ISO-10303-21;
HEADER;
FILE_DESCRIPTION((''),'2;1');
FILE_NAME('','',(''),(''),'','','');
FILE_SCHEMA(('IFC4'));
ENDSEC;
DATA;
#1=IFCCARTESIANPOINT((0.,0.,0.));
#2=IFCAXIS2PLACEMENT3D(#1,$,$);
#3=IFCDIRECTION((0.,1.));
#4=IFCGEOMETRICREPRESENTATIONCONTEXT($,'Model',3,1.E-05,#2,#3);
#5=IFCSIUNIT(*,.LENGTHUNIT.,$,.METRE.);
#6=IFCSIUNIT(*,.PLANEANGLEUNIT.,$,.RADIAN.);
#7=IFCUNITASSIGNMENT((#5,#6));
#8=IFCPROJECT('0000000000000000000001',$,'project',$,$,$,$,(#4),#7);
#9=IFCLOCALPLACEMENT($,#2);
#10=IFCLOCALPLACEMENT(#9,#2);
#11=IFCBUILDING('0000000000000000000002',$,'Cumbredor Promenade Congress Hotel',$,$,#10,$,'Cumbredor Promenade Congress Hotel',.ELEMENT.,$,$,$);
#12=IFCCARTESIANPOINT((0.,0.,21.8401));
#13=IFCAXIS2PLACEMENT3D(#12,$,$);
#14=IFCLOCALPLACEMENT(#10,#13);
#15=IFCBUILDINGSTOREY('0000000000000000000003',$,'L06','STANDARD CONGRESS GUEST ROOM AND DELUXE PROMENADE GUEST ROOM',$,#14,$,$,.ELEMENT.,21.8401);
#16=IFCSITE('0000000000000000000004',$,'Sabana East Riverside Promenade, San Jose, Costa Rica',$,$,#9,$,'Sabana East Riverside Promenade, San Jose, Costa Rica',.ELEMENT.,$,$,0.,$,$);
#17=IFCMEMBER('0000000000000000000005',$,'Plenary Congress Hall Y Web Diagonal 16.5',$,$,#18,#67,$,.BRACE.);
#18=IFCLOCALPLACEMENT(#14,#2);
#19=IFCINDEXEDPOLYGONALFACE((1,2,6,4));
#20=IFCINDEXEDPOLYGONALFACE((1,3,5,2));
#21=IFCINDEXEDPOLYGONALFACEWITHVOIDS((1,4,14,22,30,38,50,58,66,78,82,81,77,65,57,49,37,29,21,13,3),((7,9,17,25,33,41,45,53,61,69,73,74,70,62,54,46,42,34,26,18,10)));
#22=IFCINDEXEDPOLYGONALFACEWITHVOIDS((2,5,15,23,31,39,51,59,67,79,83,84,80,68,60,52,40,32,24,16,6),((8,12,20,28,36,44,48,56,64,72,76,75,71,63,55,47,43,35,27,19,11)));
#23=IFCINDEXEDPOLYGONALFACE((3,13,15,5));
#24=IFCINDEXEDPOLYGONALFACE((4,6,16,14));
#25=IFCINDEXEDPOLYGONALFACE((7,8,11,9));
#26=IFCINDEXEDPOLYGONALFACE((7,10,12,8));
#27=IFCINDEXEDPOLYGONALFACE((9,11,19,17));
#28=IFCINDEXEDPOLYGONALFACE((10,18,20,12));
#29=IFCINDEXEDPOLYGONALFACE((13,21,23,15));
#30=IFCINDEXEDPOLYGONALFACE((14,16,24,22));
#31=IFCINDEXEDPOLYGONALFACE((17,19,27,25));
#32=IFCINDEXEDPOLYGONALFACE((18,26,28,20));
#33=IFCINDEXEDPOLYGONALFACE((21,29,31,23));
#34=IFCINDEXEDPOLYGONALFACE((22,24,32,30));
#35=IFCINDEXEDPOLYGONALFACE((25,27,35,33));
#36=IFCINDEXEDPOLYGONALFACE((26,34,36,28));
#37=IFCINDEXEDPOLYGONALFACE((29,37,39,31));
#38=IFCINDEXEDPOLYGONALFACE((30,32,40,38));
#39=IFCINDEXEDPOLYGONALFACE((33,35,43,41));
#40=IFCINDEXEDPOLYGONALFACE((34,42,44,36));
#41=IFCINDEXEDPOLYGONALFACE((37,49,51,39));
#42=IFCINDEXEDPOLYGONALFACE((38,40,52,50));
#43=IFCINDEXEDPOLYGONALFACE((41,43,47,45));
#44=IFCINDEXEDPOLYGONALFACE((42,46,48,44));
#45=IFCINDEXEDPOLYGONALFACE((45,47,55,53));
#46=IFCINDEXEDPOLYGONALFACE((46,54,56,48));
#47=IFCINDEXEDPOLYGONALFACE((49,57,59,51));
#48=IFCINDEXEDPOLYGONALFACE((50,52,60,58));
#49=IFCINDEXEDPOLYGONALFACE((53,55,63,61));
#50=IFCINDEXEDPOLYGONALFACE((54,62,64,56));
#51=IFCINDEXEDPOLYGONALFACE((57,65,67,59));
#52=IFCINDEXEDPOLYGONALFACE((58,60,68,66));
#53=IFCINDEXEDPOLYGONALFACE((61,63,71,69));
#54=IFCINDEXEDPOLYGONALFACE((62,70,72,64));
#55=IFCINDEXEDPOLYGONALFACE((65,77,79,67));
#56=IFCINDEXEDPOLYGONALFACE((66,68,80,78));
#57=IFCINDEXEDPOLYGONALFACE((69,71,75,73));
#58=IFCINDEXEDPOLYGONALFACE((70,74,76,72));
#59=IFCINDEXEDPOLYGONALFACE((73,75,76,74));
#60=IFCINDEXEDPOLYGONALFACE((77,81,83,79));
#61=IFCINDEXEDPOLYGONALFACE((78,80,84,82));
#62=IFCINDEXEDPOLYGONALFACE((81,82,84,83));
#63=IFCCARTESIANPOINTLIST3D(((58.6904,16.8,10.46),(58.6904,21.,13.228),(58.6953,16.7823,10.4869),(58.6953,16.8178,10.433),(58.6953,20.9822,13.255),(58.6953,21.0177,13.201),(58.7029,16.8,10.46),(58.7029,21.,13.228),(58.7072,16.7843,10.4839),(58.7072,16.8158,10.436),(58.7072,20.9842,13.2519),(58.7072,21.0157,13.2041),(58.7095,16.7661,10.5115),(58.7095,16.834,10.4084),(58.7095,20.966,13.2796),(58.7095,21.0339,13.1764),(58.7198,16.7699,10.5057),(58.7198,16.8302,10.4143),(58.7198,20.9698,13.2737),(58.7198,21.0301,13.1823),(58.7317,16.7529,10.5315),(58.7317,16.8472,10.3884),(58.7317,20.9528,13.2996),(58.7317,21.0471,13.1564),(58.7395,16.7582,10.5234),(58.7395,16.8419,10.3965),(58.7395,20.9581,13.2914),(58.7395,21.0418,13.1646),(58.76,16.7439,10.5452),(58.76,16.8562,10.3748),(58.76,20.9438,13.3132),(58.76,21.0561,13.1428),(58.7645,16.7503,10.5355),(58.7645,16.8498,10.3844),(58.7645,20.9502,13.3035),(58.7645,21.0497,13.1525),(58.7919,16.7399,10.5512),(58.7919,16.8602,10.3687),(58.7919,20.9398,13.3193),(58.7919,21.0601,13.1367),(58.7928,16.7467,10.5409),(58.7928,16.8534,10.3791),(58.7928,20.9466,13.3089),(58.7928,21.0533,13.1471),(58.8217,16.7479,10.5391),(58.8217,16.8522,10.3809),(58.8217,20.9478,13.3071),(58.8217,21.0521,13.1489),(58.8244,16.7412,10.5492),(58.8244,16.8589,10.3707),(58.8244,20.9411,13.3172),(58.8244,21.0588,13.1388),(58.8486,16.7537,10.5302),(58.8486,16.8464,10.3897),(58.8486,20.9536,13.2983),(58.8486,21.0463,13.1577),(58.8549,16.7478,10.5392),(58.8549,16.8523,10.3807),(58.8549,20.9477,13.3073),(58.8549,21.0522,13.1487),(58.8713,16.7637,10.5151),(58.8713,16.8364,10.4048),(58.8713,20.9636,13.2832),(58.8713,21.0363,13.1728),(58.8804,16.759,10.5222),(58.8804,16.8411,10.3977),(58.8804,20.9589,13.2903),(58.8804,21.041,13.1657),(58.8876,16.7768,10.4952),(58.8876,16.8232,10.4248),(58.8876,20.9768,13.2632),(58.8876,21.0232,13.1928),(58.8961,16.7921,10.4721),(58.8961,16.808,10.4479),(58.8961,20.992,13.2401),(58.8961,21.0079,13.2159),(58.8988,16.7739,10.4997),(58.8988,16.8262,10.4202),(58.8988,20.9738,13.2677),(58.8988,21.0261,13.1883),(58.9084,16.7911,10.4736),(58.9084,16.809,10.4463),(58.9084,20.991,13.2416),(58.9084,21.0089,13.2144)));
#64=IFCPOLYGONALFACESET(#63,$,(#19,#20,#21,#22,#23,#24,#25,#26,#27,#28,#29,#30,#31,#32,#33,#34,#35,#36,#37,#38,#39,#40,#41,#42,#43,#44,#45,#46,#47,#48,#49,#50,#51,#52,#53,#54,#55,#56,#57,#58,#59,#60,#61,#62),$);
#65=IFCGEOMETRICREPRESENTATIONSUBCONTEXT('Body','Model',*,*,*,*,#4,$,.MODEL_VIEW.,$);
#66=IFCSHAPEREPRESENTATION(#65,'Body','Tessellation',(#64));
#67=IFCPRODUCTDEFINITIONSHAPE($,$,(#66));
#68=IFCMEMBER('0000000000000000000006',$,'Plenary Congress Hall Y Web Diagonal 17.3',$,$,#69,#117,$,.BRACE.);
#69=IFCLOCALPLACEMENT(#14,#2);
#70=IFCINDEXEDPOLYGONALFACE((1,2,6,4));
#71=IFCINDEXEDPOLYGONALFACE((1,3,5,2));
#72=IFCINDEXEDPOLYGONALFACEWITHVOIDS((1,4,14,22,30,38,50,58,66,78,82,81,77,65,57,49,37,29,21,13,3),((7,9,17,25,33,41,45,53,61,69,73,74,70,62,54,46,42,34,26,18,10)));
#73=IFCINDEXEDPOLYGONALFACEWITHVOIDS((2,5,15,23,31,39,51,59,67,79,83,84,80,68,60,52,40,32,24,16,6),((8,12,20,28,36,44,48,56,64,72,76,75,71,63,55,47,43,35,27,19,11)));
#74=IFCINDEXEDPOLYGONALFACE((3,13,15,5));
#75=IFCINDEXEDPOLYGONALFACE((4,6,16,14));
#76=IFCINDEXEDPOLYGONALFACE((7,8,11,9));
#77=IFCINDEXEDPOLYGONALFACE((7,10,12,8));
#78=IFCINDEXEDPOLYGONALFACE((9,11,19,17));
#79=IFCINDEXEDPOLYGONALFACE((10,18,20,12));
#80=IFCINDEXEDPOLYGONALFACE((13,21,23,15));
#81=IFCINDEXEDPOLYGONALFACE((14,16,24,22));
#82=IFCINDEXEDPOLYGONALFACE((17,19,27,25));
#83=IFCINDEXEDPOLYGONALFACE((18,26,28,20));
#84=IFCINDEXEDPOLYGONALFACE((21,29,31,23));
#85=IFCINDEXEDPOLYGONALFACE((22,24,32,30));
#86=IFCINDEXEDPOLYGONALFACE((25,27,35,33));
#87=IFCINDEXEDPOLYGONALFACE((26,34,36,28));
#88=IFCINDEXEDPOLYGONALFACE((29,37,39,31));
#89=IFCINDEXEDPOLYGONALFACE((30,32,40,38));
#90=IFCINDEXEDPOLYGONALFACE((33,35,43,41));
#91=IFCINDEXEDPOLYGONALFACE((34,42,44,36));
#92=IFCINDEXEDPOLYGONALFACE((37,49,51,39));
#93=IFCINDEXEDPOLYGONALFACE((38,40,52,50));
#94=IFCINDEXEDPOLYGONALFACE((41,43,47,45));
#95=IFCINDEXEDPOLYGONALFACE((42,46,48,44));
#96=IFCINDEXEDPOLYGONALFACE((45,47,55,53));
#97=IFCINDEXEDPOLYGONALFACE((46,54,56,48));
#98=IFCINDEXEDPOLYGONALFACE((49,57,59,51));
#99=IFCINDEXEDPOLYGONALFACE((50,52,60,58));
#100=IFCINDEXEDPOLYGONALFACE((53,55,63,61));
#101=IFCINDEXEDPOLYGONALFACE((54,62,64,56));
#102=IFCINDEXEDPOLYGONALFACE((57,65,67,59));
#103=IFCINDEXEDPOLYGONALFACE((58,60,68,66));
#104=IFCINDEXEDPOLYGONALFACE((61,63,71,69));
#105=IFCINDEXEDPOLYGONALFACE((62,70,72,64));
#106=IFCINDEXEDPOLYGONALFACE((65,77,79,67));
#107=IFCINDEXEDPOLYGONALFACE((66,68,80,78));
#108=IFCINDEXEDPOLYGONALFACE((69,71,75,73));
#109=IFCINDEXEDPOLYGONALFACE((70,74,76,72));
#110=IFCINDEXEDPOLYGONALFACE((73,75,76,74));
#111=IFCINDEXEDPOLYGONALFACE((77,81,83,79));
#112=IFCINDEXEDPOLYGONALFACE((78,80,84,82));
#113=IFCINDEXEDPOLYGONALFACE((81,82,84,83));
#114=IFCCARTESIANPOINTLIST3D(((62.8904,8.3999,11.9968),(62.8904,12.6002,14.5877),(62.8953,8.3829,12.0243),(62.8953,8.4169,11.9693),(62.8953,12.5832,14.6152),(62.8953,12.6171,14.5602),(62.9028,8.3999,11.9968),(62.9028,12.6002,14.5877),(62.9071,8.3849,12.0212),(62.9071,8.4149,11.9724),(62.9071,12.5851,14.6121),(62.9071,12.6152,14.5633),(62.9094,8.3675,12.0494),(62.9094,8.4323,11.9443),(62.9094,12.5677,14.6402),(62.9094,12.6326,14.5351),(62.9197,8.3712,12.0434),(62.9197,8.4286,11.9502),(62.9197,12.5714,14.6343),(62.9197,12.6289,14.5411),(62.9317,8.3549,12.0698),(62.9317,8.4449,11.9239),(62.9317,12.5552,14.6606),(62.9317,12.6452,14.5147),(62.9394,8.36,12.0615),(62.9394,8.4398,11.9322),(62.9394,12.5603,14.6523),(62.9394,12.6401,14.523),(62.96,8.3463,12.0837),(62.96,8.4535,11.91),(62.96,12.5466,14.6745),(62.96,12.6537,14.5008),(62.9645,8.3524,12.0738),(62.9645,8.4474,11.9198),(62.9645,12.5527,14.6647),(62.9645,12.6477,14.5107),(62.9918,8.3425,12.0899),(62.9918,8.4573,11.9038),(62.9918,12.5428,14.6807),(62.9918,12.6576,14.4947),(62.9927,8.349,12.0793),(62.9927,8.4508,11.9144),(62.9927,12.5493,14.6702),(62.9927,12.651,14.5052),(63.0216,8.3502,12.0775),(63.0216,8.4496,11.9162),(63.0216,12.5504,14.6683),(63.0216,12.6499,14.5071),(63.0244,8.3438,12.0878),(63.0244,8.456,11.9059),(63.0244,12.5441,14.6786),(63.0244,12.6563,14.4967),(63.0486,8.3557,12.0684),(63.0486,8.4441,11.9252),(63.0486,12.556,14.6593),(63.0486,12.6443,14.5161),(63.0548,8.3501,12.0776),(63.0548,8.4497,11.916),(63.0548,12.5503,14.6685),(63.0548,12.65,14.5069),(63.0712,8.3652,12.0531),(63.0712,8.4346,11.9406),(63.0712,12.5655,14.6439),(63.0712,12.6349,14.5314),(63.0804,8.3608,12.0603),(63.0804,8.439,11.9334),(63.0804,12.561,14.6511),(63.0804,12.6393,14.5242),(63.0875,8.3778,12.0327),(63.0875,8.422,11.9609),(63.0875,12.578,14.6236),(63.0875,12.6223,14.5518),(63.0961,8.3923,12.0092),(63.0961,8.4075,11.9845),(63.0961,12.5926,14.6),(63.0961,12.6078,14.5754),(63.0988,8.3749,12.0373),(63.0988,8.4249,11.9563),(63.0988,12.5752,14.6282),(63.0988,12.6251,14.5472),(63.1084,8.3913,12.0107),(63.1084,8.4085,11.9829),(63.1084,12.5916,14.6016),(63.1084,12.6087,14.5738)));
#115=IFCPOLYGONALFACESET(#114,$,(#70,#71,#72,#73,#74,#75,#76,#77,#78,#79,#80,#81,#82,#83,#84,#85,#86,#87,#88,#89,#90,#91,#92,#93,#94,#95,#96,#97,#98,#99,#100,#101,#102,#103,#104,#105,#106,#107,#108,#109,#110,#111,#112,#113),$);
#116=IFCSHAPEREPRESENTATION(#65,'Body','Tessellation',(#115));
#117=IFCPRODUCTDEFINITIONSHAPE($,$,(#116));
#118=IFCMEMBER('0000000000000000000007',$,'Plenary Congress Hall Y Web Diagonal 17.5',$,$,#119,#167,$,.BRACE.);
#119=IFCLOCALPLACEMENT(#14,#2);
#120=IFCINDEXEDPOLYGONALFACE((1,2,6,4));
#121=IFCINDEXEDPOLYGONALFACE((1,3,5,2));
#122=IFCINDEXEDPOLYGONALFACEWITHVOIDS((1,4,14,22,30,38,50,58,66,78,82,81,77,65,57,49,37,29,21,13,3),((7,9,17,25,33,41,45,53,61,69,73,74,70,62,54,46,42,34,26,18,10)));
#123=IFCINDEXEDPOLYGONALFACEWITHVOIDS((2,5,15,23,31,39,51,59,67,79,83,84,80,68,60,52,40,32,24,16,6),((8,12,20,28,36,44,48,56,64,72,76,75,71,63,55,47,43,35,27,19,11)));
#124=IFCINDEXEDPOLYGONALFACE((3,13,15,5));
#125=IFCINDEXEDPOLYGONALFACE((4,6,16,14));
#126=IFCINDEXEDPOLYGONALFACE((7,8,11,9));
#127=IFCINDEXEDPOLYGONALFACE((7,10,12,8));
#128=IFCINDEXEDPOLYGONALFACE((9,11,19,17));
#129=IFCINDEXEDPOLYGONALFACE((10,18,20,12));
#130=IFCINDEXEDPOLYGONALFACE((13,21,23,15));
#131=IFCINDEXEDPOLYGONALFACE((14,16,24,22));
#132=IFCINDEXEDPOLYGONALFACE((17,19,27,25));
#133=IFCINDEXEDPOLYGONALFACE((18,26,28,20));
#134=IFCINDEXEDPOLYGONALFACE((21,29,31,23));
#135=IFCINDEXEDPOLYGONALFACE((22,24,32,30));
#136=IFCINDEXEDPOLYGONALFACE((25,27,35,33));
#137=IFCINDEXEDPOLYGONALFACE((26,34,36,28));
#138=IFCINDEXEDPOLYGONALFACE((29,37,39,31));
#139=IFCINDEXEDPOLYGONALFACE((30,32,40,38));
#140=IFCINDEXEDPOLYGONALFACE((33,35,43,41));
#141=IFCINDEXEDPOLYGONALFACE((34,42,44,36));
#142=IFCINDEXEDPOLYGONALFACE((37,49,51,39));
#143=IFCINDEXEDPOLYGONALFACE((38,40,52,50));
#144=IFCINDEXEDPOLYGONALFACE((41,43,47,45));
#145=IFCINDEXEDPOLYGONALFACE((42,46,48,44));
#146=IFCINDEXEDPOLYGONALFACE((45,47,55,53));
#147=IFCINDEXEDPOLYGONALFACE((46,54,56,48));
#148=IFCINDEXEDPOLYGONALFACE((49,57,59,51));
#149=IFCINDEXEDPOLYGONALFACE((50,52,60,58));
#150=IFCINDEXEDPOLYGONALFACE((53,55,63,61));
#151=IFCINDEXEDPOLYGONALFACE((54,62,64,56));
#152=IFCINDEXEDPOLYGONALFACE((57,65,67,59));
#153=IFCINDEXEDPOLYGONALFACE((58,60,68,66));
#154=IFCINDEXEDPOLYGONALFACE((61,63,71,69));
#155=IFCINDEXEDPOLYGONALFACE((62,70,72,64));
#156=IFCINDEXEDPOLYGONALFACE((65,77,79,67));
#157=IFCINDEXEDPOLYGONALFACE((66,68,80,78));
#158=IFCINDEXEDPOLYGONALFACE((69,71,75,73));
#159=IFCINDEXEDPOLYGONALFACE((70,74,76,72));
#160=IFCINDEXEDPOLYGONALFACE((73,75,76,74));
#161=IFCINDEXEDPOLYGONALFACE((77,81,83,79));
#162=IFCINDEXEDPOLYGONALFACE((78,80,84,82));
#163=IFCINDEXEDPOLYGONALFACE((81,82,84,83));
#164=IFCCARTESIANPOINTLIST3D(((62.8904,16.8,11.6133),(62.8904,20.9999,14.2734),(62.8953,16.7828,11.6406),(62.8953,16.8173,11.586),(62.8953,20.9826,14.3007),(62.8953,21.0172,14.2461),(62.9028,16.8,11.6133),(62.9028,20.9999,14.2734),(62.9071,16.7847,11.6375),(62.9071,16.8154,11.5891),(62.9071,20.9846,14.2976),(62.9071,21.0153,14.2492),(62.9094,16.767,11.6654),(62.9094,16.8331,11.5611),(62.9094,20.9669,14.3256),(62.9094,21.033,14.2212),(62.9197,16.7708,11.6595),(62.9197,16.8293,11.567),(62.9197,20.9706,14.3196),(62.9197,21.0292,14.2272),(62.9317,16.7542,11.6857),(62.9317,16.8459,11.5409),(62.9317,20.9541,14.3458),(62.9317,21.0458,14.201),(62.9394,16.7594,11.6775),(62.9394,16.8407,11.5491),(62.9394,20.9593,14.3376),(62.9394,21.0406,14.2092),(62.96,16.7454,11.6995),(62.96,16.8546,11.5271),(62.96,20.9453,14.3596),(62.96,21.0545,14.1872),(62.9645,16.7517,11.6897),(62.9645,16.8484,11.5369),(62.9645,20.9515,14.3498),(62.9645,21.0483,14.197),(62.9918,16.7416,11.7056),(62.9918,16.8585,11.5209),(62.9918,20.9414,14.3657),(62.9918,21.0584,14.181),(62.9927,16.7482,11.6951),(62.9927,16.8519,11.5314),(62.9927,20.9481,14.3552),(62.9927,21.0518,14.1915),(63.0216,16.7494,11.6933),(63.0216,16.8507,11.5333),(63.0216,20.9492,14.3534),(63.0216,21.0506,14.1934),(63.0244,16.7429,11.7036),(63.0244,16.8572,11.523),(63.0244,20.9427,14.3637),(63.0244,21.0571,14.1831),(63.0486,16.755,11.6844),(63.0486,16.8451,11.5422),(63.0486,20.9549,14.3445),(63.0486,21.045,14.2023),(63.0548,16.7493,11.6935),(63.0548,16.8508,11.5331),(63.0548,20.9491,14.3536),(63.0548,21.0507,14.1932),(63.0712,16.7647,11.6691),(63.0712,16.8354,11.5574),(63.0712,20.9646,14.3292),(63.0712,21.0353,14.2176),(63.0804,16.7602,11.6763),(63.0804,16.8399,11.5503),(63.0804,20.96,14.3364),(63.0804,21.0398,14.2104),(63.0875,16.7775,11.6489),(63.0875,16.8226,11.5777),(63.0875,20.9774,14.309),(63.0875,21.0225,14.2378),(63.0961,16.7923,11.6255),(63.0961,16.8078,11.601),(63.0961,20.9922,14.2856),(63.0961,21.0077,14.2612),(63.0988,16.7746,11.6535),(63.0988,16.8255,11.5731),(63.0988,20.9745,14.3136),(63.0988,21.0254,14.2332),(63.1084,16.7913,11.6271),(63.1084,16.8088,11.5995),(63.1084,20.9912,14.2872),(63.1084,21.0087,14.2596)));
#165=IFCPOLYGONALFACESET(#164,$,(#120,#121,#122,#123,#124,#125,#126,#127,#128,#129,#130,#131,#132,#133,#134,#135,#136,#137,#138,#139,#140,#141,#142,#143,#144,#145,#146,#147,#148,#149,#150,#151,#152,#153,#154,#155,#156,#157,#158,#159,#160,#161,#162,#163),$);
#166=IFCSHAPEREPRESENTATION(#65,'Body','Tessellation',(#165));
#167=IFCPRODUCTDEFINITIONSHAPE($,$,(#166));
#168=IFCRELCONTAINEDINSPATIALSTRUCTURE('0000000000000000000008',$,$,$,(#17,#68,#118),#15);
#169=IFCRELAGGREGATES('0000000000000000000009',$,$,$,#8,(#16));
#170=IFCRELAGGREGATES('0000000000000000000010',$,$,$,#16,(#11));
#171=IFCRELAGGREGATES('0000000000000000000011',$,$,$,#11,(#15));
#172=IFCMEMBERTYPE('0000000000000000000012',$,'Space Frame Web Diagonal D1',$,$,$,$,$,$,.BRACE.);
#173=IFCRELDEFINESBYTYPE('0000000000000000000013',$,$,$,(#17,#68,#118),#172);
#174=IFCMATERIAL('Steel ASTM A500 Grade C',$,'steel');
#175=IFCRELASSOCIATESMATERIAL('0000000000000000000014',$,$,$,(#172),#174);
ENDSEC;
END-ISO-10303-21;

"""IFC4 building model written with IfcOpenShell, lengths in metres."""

from ifc_helpers import new_model, si_unit, direction, frame, origin, origin_2d, place, context, subcontext, project, spatial, hollow_circle, extrude, material, material_profile, profile_set, type_object, element, save


model = new_model("IFC4")

# Units and contexts
model_context = context("Model", 3, precision=1e-05, world=origin(), true_north=direction((0.0, 1.0)))
body_context = subcontext(model_context, "Body", "Model", "MODEL_VIEW")
ifc_project = project(units=[si_unit("LENGTHUNIT", "METRE"), si_unit("PLANEANGLEUNIT", "RADIAN")], contexts=[model_context])

# Site, building, storey
site_placement = place(None, origin())
site = spatial("IfcSite", under=ifc_project, at=site_placement, Name="Sabana East Riverside Promenade, San Jose, Costa Rica", LongName="Sabana East Riverside Promenade, San Jose, Costa Rica", CompositionType="ELEMENT", RefElevation=0.0)
building_placement = place(site_placement, origin())
building = spatial("IfcBuilding", under=site, at=building_placement, Name="Cumbredor Promenade Congress Hotel", LongName="Cumbredor Promenade Congress Hotel", CompositionType="ELEMENT")
storey_placement = place(building_placement, frame((0.0, 0.0, 21.8401)))
storey = spatial("IfcBuildingStorey", under=building, at=storey_placement, Name="L06", Description="STANDARD CONGRESS GUEST ROOM AND DELUXE PROMENADE GUEST ROOM", CompositionType="ELEMENT", Elevation=21.8401)

# Members
ifc_material_1 = material(Name="Steel ASTM A500 Grade C", Category="steel")
ifc_material_profile_1 = material_profile(ifc_material_1, hollow_circle(Radius=0.1096, WallThickness=0.0125, at=origin_2d()), Name="CHS 219.1x12.5")
ifc_profile_set_1 = profile_set([ifc_material_profile_1], Name="Steel ASTM A500 Grade C")
member_type_1 = type_object("IfcMemberType", Name="Space Frame Web Diagonal D1", PredefinedType="BRACE", material=ifc_profile_set_1)
member_1_placement = place(storey_placement, frame((58.8, 16.8, 10.46), z_axis=(0.0, 0.834966, 0.550302), x_axis=(-1.0, 0.0, 0.0)))
element("IfcMember", 1, at=member_1_placement, inside=storey, type_object=member_type_1, Name="Plenary Congress Hall Y Web Diagonal 16.5", PredefinedType="BRACE", context=body_context, shape_type="SweptSolid", body=[
    extrude(hollow_circle(Radius=0.1096, WallThickness=0.0125, at=origin_2d()), origin(), (0.0, 0.0, 1.0), 5.03),
])
member_2_placement = place(storey_placement, frame((63.0, 8.3999, 11.9968), z_axis=(0.0, 0.851108, 0.524991), x_axis=(-1.0, 0.0, 0.0)))
element("IfcMember", 2, at=member_2_placement, inside=storey, type_object=member_type_1, Name="Plenary Congress Hall Y Web Diagonal 17.3", PredefinedType="BRACE", context=body_context, shape_type="SweptSolid", body=[
    extrude(hollow_circle(Radius=0.1096, WallThickness=0.0125, at=origin_2d()), origin(), (0.0, 0.0, 1.0), 4.9351),
])
member_3_placement = place(storey_placement, frame((63.0, 16.8, 11.6133), z_axis=(0.0, 0.844802, 0.535079), x_axis=(-1.0, 0.0, 0.0)))
element("IfcMember", 3, at=member_3_placement, inside=storey, type_object=member_type_1, Name="Plenary Congress Hall Y Web Diagonal 17.5", PredefinedType="BRACE", context=body_context, shape_type="SweptSolid", body=[
    extrude(hollow_circle(Radius=0.1096, WallThickness=0.0125, at=origin_2d()), origin(), (0.0, 0.0, 1.0), 4.9714),
])

save(model, "model.ifc")
